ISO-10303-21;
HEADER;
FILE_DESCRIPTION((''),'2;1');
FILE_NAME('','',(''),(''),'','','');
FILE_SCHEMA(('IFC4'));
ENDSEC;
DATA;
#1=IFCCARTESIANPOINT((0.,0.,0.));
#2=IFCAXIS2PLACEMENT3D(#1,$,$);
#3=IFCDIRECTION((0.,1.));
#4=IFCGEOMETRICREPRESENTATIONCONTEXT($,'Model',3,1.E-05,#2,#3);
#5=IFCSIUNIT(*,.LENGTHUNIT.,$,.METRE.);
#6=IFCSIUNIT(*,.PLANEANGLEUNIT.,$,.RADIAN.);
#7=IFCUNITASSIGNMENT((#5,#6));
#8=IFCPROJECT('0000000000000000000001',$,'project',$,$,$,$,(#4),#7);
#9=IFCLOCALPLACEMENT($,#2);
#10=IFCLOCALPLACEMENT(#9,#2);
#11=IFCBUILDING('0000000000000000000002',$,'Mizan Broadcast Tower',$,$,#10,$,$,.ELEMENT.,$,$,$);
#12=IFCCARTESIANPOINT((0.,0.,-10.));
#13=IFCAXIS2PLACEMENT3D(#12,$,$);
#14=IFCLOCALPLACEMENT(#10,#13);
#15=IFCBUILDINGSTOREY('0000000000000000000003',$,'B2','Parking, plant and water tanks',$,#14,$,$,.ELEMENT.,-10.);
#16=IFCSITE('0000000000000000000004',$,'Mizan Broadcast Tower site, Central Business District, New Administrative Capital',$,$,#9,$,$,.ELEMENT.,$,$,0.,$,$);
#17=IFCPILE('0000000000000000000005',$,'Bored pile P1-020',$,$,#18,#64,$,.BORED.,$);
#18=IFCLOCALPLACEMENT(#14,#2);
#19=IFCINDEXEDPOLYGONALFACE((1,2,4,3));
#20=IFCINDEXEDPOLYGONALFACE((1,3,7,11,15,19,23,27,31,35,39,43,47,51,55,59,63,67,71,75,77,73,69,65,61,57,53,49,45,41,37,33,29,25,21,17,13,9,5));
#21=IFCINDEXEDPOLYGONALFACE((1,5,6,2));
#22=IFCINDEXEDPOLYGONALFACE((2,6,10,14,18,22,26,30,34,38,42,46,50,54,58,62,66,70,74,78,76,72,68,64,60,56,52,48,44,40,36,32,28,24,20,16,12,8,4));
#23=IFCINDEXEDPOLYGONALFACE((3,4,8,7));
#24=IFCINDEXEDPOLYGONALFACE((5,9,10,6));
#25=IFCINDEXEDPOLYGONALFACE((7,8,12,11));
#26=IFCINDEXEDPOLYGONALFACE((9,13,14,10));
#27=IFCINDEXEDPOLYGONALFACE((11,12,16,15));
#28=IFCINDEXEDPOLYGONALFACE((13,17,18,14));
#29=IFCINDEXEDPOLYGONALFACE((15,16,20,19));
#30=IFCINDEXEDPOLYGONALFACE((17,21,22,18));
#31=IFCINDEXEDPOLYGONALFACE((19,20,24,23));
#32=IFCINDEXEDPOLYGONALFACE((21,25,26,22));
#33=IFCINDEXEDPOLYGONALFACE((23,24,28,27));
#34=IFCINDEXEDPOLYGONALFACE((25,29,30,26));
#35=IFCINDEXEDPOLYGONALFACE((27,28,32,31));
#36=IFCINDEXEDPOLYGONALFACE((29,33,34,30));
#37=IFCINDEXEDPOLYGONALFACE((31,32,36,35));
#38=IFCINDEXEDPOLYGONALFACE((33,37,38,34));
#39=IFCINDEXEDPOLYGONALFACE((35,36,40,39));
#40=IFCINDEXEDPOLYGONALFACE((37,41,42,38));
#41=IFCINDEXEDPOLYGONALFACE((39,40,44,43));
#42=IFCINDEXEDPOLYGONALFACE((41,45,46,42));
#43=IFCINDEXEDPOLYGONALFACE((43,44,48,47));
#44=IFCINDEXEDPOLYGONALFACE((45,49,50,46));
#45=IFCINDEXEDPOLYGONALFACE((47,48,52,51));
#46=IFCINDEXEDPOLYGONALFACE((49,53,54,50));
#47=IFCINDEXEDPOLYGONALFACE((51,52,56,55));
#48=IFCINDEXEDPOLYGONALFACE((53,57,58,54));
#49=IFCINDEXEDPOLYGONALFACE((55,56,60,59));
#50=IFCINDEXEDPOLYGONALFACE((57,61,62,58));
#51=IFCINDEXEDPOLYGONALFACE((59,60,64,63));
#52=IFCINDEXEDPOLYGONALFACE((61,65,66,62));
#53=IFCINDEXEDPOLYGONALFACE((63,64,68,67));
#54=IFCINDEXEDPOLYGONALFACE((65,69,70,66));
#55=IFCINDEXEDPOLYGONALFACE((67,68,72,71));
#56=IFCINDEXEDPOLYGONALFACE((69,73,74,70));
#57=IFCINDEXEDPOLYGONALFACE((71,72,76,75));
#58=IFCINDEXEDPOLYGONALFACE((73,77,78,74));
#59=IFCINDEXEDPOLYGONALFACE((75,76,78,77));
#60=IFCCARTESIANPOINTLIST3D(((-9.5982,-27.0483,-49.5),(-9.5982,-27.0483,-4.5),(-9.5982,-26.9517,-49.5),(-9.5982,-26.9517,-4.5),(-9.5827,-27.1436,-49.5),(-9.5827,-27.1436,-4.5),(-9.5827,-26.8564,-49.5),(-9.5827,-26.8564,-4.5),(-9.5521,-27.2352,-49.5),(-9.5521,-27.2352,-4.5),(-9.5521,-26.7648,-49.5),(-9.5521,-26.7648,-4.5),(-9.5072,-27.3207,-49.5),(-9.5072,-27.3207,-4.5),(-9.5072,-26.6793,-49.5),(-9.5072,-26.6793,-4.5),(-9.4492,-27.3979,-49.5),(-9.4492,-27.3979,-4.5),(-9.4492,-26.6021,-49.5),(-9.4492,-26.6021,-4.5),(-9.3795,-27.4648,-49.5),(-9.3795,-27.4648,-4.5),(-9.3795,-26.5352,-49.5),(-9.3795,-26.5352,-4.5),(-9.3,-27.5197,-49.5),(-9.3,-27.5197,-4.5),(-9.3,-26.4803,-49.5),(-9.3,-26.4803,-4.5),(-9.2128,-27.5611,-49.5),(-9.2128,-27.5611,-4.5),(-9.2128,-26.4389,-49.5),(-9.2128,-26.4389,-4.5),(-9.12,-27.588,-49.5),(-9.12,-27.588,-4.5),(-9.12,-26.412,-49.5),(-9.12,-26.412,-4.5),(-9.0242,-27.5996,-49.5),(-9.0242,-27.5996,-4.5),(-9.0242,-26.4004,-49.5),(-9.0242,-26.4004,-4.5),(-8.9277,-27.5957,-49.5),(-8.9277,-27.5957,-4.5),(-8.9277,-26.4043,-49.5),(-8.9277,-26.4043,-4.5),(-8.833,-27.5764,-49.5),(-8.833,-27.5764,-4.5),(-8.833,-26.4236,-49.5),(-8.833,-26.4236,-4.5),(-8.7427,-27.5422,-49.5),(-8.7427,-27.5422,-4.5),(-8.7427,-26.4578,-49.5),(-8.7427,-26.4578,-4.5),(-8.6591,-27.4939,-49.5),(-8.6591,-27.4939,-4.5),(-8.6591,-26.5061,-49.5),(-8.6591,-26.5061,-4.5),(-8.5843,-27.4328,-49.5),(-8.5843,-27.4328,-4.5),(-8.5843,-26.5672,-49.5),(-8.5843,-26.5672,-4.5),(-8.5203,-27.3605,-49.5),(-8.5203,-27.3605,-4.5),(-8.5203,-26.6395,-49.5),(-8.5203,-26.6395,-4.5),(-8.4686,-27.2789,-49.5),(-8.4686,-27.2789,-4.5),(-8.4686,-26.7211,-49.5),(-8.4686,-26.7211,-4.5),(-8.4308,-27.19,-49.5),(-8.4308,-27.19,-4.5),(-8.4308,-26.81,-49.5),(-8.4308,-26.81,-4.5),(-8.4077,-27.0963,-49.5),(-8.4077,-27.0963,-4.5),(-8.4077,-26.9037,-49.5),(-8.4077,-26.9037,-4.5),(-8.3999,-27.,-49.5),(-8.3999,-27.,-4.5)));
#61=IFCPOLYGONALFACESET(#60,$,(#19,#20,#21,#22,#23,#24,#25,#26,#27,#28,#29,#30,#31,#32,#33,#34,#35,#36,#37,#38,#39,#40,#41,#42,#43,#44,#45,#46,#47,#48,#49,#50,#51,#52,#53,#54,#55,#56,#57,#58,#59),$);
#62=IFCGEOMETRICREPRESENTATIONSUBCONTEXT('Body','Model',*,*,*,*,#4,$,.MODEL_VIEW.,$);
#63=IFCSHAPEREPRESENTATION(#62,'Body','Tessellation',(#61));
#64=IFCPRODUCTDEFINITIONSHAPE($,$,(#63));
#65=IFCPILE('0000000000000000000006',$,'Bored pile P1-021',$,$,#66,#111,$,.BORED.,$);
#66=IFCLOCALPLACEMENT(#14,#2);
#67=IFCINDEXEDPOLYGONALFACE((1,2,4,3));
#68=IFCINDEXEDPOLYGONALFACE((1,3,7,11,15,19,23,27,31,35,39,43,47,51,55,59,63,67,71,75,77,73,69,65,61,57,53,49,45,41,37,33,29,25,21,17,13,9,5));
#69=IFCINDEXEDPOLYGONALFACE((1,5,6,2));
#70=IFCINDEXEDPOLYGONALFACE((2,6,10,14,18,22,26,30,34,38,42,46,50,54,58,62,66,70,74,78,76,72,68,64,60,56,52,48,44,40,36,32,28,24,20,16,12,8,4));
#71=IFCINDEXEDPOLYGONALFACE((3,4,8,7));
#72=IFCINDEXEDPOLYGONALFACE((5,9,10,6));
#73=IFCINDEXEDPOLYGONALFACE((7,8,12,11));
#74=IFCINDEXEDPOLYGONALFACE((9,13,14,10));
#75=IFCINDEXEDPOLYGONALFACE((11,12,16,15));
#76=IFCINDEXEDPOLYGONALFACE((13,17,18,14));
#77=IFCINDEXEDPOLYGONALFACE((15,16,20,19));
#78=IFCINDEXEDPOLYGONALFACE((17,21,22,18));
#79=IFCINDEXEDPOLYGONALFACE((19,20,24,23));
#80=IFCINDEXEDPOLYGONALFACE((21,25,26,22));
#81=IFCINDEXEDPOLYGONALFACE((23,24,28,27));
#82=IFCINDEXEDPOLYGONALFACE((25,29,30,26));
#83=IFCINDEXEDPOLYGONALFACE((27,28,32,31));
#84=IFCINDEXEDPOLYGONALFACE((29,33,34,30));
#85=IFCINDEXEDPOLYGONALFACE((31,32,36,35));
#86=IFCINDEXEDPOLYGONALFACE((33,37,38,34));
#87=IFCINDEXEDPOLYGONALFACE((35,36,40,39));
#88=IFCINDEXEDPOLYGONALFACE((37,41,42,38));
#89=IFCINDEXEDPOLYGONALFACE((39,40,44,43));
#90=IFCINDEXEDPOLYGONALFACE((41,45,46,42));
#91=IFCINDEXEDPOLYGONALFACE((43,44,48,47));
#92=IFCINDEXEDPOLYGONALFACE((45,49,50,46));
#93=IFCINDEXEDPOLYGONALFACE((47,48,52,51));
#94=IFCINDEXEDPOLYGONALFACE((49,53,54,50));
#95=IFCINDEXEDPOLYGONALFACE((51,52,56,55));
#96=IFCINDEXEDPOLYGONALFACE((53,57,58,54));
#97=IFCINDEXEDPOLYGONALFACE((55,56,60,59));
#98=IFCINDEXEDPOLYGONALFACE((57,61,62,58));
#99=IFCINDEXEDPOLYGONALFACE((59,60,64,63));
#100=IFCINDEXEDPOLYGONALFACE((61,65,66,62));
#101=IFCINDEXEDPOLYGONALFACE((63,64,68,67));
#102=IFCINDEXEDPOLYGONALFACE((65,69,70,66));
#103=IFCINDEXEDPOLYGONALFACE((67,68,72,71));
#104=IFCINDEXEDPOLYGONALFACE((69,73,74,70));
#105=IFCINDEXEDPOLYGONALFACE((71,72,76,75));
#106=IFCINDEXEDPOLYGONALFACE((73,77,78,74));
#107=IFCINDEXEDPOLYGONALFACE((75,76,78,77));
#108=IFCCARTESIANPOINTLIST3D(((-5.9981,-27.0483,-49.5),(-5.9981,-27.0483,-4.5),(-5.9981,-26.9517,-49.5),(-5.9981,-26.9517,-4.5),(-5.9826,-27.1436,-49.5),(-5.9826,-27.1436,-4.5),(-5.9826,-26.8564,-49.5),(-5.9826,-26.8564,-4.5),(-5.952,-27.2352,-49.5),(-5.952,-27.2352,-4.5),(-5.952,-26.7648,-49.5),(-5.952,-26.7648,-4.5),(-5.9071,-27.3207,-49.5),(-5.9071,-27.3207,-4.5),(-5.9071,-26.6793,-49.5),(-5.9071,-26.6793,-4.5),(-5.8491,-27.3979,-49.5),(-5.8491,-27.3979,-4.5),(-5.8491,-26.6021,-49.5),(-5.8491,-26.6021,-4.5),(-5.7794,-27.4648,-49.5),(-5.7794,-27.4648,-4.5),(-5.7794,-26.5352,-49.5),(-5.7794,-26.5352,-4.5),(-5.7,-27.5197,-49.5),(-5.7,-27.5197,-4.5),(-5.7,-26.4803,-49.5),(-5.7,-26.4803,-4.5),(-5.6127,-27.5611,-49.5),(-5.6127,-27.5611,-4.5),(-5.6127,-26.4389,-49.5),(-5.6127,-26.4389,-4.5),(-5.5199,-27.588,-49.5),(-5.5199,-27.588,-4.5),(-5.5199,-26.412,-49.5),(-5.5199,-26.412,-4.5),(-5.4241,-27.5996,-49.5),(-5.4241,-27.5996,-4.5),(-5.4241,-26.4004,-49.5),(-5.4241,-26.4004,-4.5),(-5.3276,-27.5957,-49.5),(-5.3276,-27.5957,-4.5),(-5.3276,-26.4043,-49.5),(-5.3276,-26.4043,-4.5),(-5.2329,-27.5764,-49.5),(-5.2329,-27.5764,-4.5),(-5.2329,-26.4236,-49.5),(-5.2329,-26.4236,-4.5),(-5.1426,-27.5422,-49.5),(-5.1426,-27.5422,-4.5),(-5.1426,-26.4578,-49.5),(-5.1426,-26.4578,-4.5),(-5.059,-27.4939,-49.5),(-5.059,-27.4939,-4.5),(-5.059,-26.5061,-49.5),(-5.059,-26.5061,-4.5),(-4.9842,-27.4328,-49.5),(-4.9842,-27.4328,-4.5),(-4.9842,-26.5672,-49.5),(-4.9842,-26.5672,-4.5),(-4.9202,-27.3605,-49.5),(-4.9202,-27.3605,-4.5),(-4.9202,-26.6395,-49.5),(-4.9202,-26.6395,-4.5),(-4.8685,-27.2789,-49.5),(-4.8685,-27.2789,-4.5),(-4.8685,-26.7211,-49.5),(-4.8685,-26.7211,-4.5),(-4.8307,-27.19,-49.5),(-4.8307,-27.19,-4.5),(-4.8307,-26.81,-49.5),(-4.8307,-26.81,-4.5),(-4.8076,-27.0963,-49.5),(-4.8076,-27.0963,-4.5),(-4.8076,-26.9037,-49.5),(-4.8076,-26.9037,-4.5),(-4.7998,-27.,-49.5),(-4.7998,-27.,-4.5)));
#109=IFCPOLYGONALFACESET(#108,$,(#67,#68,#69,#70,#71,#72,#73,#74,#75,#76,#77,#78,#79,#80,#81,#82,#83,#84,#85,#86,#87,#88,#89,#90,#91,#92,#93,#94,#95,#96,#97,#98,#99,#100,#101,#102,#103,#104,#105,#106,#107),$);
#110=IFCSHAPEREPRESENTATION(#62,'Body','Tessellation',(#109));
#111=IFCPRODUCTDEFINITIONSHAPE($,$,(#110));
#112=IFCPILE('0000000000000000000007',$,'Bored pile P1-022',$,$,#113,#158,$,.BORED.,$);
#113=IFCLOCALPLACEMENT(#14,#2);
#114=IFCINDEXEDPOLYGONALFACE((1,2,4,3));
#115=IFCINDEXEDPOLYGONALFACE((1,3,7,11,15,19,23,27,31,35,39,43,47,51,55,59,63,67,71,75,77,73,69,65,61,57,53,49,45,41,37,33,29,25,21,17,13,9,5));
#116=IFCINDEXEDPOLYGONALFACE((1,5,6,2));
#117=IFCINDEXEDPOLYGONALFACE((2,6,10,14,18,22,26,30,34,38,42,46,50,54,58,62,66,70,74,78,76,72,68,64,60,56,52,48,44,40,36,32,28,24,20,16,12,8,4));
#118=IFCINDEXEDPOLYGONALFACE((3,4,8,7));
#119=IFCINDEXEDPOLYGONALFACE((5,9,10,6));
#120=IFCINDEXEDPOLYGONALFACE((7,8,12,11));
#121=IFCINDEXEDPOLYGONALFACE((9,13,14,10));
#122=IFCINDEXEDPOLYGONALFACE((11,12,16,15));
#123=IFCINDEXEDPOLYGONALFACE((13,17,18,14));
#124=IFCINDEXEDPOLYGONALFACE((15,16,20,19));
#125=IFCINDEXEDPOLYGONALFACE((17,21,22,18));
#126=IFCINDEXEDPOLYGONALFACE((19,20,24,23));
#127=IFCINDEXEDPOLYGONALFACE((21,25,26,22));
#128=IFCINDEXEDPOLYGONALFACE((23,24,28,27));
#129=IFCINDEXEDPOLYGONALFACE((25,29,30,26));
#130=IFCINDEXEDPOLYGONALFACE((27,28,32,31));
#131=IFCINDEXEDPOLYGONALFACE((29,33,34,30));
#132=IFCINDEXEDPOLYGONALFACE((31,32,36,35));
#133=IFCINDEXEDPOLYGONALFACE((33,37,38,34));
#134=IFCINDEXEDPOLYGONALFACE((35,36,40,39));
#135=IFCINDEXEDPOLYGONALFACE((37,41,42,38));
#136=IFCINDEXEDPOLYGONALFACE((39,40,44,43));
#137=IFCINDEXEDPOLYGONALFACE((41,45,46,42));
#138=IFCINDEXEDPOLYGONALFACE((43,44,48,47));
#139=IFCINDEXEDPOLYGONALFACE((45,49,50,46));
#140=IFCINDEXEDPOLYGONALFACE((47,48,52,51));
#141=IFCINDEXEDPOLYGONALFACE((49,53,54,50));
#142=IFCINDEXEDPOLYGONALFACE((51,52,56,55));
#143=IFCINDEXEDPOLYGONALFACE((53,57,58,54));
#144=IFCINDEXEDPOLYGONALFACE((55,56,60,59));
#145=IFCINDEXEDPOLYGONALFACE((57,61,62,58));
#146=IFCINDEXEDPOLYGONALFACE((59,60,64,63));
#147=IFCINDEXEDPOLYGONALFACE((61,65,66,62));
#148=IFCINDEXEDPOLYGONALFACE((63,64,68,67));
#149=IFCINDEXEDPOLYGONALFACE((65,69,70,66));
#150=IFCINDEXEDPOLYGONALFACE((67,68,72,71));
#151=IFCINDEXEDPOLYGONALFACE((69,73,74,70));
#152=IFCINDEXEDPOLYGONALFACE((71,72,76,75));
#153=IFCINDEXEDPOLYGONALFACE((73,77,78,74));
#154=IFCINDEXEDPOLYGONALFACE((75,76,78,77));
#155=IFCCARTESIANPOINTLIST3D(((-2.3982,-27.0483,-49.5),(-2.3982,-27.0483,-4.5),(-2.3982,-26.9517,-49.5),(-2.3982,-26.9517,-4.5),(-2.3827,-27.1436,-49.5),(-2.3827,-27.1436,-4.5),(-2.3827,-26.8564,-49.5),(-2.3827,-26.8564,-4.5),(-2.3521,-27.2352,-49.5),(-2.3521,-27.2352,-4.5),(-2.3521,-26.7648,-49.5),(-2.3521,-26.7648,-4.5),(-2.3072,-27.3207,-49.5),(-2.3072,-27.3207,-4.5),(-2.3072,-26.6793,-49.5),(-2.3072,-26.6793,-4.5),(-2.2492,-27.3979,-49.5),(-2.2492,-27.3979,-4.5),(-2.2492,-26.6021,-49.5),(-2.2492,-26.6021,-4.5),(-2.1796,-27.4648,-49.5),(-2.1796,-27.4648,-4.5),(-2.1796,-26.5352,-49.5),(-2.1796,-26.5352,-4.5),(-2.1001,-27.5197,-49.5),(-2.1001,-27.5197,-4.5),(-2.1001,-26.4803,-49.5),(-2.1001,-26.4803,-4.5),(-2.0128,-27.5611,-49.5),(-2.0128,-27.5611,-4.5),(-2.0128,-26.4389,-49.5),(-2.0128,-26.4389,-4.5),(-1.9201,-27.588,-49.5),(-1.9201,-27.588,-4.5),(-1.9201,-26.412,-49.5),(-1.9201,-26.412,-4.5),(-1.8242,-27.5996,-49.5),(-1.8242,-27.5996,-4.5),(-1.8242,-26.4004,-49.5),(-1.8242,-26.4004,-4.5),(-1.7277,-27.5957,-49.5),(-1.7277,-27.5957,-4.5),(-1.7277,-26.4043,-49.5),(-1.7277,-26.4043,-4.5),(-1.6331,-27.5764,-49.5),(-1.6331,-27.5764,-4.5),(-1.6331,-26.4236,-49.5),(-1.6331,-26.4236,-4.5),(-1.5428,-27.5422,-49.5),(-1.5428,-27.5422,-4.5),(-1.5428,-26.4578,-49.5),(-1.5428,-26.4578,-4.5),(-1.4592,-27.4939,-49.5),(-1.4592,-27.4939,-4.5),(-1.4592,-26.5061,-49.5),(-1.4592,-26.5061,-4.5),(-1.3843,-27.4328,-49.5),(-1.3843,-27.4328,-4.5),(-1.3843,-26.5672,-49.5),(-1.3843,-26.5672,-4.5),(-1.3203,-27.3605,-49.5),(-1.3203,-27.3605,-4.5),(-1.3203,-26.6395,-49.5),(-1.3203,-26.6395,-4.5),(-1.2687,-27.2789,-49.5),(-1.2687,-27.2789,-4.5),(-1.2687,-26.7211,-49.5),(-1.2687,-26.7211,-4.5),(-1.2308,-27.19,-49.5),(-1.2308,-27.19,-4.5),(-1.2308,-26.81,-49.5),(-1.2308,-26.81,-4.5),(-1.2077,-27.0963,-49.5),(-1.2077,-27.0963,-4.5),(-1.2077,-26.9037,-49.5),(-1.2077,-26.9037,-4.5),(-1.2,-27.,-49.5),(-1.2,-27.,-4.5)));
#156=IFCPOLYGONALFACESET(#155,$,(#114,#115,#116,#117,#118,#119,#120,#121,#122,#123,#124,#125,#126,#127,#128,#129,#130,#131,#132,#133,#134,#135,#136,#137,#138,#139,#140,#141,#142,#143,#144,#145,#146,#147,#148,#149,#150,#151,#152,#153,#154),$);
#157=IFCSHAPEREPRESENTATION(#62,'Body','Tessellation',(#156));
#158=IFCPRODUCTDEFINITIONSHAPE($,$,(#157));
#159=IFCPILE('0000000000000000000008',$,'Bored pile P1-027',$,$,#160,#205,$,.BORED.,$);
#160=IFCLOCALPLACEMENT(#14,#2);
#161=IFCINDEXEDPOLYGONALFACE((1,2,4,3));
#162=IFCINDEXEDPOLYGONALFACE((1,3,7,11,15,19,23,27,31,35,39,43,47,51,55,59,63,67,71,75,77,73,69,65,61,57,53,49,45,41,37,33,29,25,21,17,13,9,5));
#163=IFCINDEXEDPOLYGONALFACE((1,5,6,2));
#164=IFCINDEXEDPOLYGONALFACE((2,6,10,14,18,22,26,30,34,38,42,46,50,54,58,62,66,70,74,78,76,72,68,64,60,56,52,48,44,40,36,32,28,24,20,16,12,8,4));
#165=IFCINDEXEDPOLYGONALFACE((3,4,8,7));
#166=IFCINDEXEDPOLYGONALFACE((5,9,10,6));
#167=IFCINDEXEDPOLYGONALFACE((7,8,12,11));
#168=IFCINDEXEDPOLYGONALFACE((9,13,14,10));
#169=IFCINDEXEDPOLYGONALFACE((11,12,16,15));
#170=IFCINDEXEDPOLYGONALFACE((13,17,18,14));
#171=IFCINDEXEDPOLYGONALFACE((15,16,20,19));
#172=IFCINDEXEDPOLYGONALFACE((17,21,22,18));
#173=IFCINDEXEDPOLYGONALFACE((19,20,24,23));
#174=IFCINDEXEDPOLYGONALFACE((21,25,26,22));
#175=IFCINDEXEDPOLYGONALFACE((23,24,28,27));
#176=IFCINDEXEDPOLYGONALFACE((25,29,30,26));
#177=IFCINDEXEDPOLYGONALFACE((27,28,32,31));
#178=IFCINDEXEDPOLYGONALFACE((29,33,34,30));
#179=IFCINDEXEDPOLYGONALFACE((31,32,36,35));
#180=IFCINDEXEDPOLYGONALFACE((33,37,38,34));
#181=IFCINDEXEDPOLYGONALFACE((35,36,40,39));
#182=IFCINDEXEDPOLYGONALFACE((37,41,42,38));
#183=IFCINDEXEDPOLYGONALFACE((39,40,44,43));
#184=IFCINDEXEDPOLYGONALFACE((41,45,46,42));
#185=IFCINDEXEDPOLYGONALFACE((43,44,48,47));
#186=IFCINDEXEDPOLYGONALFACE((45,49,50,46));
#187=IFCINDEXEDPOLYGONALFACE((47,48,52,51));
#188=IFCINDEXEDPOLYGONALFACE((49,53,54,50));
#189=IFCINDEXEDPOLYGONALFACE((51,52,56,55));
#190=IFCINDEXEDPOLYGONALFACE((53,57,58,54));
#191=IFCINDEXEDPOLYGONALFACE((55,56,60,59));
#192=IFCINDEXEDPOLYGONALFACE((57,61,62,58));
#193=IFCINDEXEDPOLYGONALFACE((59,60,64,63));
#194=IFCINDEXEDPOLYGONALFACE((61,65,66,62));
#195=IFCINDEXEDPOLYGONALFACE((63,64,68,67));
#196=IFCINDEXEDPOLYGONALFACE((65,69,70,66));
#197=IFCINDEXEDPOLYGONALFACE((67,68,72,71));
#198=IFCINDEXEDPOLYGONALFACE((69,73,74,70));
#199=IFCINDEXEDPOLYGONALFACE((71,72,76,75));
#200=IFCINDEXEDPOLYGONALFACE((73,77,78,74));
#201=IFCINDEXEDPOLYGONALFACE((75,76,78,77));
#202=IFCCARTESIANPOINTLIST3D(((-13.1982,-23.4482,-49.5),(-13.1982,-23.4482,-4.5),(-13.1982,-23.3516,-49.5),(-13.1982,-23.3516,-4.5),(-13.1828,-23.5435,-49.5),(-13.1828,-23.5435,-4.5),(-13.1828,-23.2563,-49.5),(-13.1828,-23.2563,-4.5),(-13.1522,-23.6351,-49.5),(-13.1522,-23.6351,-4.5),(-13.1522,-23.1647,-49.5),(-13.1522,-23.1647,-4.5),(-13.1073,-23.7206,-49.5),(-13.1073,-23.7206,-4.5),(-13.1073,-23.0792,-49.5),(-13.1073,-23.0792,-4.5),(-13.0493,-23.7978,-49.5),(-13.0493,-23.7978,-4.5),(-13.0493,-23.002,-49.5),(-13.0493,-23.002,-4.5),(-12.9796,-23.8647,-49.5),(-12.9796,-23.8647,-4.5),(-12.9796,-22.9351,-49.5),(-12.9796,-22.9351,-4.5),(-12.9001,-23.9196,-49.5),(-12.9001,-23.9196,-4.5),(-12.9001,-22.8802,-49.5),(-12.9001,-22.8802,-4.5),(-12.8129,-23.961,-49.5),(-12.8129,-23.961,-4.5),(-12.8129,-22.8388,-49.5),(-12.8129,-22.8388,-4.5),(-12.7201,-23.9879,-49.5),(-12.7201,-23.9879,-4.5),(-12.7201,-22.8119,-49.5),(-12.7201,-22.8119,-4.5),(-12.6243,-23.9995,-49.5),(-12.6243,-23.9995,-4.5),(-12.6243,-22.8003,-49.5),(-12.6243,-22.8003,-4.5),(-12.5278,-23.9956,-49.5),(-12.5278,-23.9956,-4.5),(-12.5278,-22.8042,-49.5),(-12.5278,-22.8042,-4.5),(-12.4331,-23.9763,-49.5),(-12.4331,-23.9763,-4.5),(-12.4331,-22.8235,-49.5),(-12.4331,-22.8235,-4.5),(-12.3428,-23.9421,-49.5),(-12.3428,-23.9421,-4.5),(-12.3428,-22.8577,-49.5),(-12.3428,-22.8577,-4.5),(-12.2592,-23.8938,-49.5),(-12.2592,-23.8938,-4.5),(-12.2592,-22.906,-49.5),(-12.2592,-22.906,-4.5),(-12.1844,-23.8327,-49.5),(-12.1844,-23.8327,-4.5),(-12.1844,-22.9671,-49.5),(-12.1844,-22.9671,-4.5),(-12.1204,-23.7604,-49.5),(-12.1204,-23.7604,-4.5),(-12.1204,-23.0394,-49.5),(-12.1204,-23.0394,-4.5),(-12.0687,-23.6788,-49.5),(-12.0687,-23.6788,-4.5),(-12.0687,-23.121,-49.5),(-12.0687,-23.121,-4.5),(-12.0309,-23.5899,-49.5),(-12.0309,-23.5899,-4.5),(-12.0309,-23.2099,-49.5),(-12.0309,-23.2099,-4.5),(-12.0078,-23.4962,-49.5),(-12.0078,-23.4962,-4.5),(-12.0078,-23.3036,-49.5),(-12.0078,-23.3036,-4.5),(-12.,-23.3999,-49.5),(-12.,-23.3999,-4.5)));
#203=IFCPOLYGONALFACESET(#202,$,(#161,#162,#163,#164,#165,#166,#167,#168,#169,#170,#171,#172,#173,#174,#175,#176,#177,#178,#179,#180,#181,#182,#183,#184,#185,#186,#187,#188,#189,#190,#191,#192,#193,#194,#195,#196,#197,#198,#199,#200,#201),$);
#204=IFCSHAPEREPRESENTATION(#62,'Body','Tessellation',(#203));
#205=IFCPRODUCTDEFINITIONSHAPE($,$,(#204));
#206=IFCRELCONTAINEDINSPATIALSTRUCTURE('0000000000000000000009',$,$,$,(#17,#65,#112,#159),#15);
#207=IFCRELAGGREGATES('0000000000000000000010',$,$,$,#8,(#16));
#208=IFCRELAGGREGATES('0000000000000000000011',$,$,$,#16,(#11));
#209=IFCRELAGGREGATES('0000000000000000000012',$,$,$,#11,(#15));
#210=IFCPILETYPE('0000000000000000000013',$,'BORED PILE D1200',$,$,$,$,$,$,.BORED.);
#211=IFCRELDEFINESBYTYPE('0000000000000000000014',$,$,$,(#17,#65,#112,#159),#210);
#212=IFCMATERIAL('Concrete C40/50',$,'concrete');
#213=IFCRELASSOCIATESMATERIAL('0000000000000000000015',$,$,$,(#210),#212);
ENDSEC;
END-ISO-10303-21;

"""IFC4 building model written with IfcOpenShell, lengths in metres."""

from ifc_helpers import new_model, si_unit, direction, frame, origin, origin_2d, place, context, subcontext, project, spatial, circle, extrude, material, material_profile, profile_set, type_object, element, save


model = new_model("IFC4")

# Units and contexts
model_context = context("Model", 3, precision=1e-05, world=origin(), true_north=direction((0.0, 1.0)))
body_context = subcontext(model_context, "Body", "Model", "MODEL_VIEW")
ifc_project = project(units=[si_unit("LENGTHUNIT", "METRE"), si_unit("PLANEANGLEUNIT", "RADIAN")], contexts=[model_context])

# Site, building, storey
site_placement = place(None, origin())
site = spatial("IfcSite", under=ifc_project, at=site_placement, Name="Mizan Broadcast Tower site, Central Business District, New Administrative Capital", CompositionType="ELEMENT", RefElevation=0.0)
building_placement = place(site_placement, origin())
building = spatial("IfcBuilding", under=site, at=building_placement, Name="Mizan Broadcast Tower", CompositionType="ELEMENT")
storey_placement = place(building_placement, frame((0.0, 0.0, -10.0)))
storey = spatial("IfcBuildingStorey", under=building, at=storey_placement, Name="B2", Description="Parking, plant and water tanks", CompositionType="ELEMENT", Elevation=-10.0)

# Piles
ifc_material_1 = material(Name="Concrete C40/50", Category="concrete")
ifc_material_profile_1 = material_profile(ifc_material_1, circle(Radius=0.6001, at=origin_2d()), Name="D1200")
ifc_profile_set_1 = profile_set([ifc_material_profile_1], Name="Concrete C40/50")
pile_type_1 = type_object("IfcPileType", Name="BORED PILE D1200", PredefinedType="BORED", material=ifc_profile_set_1)
for number, where, z_axis, x_axis, name in (
    (1, (-9.0, -27.0, -4.5), (0.0, 0.0, -1.0), (1.0, 0.0, 0.0), "Bored pile P1-020"),
    (2, (-5.3999, -27.0, -4.5), (0.0, 0.0, -1.0), (1.0, 0.0, 0.0), "Bored pile P1-021"),
    (3, (-1.8, -27.0, -4.5), (0.0, 0.0, -1.0), (1.0, 0.0, 0.0), "Bored pile P1-022"),
    (4, (-12.6001, -23.3999, -4.5), (0.0, 0.0, -1.0), (1.0, 0.0, 0.0), "Bored pile P1-027"),
):
    element("IfcPile", number, at=place(storey_placement, frame(where, z_axis=z_axis, x_axis=x_axis)), inside=storey, type_object=pile_type_1, Name=name, PredefinedType="BORED", context=body_context, shape_type="SweptSolid", body=[
        extrude(circle(Radius=0.6001, at=origin_2d()), origin(), (0.0, 0.0, 1.0), 45.0),
    ])

save(model, "model.ifc")
